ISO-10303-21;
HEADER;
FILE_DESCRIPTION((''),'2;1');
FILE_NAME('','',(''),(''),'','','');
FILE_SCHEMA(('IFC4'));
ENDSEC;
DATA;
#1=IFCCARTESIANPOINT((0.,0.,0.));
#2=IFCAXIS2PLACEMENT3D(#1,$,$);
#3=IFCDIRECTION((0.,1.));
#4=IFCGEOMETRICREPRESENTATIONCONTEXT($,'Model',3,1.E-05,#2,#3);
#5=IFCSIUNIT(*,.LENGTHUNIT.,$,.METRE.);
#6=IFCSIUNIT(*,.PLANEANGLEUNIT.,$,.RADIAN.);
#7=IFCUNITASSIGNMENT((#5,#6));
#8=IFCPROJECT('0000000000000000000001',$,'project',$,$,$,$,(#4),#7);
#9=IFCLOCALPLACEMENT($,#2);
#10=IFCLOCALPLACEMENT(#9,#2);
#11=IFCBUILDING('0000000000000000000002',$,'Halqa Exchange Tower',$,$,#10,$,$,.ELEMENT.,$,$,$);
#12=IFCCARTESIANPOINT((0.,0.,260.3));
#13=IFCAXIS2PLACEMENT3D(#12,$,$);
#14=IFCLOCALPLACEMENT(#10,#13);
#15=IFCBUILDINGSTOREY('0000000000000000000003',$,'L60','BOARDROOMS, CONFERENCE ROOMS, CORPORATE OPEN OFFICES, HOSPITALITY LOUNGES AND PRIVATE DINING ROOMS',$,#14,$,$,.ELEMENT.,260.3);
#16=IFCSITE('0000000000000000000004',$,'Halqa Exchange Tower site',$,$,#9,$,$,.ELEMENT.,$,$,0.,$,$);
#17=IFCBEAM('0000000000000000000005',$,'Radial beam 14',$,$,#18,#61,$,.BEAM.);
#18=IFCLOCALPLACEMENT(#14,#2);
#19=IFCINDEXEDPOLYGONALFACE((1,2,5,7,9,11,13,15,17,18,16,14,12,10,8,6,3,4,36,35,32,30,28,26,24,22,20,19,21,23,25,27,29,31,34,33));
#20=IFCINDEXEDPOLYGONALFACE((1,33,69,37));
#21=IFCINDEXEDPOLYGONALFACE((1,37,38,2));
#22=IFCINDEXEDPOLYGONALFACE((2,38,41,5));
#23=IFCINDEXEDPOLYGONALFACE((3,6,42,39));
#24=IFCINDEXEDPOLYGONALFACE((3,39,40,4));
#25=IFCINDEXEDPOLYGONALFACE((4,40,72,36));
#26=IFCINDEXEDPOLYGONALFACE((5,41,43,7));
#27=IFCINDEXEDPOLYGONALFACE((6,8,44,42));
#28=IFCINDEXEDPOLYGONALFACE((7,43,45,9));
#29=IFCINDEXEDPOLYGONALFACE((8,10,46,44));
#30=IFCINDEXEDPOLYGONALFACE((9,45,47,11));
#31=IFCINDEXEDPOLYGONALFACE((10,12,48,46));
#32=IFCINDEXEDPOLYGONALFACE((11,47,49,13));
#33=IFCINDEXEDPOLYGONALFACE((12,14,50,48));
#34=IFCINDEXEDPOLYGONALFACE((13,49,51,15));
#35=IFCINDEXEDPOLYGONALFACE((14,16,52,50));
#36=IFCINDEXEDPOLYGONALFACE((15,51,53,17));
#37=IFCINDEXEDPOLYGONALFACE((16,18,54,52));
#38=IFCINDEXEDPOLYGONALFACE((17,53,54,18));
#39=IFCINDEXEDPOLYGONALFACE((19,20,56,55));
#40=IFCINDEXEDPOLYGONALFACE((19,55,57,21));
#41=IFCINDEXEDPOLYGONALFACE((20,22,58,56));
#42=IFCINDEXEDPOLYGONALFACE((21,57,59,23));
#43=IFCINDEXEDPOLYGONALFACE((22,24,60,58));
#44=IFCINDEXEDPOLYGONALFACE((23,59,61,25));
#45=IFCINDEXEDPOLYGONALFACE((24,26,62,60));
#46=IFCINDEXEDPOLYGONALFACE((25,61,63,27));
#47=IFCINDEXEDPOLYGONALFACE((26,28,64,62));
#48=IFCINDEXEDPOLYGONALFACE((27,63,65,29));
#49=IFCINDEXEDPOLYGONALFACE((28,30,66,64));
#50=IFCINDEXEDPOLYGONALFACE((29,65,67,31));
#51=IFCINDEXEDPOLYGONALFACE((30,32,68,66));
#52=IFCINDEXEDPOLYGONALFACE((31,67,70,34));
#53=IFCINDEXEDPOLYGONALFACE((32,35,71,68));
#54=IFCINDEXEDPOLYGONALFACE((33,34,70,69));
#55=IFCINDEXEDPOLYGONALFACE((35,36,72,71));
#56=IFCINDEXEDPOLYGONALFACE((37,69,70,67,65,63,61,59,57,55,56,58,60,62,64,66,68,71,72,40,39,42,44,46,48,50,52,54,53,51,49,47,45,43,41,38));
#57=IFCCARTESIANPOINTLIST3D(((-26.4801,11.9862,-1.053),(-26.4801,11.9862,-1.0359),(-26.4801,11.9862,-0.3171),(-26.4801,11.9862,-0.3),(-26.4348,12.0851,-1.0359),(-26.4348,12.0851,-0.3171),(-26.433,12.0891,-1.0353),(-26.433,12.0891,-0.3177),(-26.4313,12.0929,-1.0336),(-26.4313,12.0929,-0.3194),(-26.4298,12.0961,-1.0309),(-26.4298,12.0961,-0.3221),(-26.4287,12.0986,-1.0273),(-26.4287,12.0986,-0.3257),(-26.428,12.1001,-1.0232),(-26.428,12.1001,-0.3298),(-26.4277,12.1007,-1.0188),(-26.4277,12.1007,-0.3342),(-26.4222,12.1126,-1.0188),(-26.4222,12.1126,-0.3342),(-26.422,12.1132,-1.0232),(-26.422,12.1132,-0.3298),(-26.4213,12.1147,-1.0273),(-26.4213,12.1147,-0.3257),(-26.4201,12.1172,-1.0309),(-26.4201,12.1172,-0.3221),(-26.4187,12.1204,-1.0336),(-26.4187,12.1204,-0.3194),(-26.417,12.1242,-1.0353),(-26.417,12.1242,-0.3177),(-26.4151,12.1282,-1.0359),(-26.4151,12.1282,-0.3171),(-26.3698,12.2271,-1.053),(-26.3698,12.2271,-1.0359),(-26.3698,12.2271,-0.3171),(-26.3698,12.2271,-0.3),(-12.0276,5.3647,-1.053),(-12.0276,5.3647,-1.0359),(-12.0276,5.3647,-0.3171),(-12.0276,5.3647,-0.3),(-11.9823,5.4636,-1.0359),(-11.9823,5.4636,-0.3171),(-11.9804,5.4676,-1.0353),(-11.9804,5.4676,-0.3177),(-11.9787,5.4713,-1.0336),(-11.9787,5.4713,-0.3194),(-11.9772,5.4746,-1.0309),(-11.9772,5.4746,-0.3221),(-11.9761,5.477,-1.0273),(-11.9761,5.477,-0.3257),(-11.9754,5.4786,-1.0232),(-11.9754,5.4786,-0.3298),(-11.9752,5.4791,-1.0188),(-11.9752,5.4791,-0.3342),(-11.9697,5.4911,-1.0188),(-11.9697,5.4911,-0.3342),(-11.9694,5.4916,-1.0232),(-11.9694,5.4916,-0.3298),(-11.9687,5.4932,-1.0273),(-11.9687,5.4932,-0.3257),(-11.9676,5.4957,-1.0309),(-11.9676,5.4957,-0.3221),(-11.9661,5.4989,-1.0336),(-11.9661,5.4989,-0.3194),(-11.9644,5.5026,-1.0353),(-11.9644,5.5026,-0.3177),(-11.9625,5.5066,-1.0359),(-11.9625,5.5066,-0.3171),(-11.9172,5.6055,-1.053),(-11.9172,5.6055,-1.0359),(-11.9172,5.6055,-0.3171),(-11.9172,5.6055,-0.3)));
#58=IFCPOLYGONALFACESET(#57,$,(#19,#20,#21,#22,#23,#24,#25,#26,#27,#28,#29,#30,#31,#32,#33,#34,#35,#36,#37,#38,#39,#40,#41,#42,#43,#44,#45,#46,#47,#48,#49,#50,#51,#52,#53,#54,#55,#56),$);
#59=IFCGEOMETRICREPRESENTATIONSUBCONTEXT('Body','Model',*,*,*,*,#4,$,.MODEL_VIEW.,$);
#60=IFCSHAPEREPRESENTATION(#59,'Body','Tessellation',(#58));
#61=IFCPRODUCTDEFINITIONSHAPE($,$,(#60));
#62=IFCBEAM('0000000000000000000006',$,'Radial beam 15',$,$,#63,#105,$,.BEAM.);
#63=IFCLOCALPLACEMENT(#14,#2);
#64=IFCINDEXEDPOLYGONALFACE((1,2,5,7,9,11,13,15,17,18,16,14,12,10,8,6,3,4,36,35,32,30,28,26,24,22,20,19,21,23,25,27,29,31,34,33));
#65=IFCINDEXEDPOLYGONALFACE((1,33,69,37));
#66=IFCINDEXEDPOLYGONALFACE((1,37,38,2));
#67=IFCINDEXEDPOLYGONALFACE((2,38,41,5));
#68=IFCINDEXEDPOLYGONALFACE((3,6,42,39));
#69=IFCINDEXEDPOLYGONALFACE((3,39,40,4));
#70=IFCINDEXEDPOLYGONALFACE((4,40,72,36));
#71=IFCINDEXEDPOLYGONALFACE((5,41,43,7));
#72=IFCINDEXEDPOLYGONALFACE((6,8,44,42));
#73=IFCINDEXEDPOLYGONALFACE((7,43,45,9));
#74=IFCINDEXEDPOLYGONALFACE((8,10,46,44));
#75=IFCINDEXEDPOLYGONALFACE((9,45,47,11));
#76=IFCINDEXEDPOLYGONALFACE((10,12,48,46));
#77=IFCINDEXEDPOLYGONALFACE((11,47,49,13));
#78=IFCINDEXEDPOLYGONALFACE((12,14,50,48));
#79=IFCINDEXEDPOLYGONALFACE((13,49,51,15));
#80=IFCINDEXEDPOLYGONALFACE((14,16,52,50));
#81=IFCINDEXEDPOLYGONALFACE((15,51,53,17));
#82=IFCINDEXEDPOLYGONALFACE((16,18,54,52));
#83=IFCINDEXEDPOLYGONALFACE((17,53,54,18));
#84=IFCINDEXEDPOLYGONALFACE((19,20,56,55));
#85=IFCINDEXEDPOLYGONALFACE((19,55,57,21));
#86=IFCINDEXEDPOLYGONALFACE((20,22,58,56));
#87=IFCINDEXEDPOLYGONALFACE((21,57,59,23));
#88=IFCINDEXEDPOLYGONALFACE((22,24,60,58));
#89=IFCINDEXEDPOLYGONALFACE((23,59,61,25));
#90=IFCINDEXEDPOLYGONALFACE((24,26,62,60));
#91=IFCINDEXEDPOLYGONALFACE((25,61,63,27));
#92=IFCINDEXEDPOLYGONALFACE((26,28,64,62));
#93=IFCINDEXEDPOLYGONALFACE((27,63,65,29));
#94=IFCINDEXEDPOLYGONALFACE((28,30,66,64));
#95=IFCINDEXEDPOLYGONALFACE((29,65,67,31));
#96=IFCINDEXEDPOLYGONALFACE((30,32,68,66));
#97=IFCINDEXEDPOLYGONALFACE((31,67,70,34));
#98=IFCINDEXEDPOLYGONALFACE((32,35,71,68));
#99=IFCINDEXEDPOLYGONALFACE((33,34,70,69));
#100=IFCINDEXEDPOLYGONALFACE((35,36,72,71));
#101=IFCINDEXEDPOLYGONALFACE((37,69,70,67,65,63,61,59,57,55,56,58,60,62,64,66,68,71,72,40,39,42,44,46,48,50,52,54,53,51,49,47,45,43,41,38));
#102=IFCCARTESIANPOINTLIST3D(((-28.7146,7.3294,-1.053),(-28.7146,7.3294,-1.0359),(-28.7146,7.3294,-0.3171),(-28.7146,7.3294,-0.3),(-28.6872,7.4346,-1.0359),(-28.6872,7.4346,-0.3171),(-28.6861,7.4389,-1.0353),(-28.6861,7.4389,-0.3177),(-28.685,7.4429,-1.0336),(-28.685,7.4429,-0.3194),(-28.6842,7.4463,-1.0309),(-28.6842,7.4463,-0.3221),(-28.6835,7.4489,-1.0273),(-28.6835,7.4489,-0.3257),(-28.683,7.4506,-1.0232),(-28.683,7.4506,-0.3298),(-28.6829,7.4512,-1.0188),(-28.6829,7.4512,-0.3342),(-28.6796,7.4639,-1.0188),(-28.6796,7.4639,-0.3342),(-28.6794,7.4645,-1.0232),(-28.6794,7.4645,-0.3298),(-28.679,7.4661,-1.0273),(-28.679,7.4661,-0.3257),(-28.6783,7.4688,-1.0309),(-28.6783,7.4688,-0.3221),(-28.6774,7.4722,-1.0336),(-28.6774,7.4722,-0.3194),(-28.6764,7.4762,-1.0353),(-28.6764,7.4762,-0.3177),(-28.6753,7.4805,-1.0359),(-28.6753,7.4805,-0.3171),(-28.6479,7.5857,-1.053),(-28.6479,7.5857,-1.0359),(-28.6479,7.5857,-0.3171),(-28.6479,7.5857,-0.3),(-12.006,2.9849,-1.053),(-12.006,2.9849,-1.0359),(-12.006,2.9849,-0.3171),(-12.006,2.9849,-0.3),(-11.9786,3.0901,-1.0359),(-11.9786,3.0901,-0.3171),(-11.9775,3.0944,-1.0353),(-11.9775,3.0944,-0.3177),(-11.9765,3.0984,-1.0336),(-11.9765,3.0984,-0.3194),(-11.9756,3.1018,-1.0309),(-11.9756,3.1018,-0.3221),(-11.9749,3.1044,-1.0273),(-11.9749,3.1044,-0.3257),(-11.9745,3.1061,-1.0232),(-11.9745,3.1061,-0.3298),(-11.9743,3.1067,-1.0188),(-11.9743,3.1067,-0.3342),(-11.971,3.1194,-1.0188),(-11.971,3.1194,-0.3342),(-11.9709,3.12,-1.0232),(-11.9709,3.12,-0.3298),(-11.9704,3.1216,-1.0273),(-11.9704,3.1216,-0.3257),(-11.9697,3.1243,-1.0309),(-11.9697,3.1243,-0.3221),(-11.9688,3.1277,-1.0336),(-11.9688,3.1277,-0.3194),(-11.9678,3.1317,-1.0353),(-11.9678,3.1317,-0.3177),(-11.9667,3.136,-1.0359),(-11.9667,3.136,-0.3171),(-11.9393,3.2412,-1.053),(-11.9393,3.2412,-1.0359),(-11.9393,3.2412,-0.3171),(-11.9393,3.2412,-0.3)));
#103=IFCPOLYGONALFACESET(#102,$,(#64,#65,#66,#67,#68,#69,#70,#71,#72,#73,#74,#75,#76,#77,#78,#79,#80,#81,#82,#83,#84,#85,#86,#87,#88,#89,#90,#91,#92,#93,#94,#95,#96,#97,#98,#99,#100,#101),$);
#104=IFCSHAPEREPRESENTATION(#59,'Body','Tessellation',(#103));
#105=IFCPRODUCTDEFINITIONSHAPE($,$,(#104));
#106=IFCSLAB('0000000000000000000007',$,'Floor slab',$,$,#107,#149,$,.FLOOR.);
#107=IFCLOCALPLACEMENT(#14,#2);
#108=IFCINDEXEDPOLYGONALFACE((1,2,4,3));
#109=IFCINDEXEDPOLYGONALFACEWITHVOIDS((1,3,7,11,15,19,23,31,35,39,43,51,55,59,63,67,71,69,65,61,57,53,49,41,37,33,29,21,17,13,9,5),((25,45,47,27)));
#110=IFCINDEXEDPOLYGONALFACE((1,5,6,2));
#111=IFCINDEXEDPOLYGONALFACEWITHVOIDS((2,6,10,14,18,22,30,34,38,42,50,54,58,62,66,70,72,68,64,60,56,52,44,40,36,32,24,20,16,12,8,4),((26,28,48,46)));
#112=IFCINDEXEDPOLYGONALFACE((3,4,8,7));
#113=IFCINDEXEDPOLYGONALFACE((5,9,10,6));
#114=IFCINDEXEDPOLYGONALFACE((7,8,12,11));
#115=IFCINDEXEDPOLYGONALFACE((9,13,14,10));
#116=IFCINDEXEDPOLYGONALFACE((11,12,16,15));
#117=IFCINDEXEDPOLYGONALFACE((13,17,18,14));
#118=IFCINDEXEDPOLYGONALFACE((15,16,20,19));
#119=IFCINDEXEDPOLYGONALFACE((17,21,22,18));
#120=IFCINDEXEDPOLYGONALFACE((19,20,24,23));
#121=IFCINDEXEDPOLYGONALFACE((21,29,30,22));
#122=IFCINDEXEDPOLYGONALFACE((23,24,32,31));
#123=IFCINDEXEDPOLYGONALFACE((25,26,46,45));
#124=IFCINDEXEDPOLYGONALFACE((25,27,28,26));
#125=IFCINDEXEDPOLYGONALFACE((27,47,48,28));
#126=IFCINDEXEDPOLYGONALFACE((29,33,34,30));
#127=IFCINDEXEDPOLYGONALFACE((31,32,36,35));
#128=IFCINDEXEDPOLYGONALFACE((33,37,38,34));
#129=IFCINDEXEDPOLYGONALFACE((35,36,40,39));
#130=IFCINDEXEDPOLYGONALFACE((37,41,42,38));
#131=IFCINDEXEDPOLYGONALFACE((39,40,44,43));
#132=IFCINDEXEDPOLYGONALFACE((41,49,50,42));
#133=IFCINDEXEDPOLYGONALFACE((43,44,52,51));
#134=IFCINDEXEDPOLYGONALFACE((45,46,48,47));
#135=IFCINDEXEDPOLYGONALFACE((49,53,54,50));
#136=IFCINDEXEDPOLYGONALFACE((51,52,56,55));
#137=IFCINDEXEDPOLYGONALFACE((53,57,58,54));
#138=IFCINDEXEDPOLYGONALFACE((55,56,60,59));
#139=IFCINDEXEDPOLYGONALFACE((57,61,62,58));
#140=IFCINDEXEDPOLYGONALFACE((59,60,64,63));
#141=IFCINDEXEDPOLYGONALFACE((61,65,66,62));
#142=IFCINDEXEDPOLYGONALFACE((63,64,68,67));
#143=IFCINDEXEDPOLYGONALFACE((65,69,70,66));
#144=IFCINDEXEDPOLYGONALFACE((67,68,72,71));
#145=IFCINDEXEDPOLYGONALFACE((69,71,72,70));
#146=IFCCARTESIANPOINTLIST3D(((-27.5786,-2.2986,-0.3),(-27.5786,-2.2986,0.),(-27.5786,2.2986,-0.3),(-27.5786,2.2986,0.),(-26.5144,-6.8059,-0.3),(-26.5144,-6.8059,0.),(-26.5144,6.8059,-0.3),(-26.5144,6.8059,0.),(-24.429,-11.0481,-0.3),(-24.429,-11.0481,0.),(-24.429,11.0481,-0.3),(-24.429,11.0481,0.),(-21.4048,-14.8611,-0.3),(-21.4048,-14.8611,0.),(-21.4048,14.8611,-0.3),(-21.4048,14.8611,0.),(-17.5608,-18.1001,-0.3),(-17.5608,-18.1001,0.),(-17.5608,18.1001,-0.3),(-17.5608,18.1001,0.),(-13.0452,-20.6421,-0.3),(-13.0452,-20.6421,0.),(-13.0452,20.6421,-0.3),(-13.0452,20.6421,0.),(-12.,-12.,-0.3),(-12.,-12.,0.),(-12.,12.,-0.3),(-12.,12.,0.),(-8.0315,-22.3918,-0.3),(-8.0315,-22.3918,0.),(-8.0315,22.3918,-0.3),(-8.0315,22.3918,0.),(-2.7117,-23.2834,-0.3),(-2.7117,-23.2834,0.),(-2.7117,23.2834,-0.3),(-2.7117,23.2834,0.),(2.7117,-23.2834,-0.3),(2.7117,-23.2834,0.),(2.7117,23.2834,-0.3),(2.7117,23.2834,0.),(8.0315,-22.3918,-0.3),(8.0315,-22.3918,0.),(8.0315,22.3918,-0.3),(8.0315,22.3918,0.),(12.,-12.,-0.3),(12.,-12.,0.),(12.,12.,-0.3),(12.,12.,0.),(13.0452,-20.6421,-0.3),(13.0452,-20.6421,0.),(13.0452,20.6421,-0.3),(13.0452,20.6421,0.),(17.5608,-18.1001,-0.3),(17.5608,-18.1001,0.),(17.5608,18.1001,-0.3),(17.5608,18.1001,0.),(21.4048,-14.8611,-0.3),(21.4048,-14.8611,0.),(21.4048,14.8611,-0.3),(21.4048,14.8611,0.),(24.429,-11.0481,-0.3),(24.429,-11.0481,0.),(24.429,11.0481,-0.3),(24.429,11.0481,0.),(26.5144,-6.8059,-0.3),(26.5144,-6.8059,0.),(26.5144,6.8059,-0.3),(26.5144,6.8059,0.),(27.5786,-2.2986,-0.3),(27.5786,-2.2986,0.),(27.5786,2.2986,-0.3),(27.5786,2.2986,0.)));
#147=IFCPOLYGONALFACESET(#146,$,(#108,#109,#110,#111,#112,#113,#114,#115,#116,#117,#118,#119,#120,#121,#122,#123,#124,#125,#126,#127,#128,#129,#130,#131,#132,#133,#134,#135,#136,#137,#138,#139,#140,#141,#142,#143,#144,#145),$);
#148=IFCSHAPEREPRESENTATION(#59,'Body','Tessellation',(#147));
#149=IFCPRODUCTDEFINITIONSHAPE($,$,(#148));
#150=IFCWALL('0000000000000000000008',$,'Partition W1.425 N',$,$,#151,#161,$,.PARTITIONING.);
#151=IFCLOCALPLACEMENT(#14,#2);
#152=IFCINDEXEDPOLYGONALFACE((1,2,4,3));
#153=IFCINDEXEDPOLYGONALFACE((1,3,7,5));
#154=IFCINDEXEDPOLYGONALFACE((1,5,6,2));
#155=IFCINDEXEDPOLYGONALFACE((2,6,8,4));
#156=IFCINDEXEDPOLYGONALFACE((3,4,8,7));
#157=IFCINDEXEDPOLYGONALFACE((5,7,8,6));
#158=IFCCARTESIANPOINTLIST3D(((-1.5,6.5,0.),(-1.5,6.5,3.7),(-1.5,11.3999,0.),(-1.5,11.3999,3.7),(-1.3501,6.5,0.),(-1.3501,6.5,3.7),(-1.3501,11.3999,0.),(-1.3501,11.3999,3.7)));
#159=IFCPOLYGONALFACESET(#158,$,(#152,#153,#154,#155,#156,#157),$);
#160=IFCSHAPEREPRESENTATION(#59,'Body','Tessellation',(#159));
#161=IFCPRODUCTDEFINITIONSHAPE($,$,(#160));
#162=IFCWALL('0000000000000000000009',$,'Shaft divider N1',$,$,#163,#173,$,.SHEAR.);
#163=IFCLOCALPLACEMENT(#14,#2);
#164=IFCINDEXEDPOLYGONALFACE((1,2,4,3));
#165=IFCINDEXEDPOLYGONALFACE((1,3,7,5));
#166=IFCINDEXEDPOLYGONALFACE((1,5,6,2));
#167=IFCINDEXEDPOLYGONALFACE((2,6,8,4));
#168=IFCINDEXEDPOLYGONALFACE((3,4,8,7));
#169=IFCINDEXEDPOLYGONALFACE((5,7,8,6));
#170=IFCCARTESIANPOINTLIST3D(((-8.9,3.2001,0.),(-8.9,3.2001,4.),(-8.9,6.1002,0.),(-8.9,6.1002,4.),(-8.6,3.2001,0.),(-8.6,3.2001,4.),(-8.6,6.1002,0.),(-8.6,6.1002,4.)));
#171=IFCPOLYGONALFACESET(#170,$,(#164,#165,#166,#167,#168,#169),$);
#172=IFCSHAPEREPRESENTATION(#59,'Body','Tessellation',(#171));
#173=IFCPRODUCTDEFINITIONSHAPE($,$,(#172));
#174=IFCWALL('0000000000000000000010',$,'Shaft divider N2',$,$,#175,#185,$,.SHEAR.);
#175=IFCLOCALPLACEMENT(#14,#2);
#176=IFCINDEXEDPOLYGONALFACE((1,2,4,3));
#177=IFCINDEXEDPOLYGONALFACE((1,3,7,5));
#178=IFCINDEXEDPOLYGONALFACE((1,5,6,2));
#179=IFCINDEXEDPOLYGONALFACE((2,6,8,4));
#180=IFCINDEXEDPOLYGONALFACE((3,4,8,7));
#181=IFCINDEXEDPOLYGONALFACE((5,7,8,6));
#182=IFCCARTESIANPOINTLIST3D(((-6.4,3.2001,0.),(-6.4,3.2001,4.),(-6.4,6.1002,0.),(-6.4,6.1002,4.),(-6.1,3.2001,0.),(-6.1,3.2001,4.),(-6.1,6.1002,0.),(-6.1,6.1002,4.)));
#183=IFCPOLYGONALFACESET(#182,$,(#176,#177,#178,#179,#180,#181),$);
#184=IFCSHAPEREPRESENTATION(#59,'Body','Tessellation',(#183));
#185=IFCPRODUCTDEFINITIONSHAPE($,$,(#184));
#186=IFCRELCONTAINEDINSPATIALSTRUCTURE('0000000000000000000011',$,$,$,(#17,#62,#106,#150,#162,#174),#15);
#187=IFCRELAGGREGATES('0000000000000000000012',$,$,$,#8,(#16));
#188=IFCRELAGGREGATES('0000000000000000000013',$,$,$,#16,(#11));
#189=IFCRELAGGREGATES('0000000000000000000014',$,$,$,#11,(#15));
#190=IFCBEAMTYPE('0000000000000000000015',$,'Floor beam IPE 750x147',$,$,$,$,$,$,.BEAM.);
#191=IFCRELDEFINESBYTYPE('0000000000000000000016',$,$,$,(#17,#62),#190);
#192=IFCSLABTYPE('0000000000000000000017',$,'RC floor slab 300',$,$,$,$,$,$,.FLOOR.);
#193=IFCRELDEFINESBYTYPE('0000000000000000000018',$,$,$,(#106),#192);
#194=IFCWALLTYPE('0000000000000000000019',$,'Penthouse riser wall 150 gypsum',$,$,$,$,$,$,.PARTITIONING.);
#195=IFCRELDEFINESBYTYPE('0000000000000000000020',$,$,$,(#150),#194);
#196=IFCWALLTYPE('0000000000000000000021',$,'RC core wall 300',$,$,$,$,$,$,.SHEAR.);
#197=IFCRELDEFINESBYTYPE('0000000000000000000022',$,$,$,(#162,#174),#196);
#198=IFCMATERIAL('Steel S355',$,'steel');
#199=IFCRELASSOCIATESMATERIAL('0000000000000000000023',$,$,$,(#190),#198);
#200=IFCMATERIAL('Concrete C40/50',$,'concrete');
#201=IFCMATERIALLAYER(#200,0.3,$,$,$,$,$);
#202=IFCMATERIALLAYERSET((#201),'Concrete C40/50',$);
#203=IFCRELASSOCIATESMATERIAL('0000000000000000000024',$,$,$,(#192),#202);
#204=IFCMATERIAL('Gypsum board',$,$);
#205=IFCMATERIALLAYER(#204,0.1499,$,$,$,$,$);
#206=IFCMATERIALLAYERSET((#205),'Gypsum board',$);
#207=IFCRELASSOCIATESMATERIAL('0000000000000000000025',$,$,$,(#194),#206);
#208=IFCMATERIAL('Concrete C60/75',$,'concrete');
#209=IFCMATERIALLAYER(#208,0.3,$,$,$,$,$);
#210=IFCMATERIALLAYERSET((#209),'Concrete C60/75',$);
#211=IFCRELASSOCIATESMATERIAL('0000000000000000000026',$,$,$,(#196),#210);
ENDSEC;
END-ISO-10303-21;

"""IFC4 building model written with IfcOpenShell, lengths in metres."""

from ifc_helpers import new_model, si_unit, direction, frame, frame_2d, origin, origin_2d, place, context, subcontext, project, spatial, polyline, rectangle, i_section, outline, extrude, material, layer, layer_set, material_profile, profile_set, type_object, element, save


model = new_model("IFC4")

# Units and contexts
model_context = context("Model", 3, precision=1e-05, world=origin(), true_north=direction((0.0, 1.0)))
body_context = subcontext(model_context, "Body", "Model", "MODEL_VIEW")
ifc_project = project(units=[si_unit("LENGTHUNIT", "METRE"), si_unit("PLANEANGLEUNIT", "RADIAN")], contexts=[model_context])

# Site, building, storey
site_placement = place(None, origin())
site = spatial("IfcSite", under=ifc_project, at=site_placement, Name="Halqa Exchange Tower site", CompositionType="ELEMENT", RefElevation=0.0)
building_placement = place(site_placement, origin())
building = spatial("IfcBuilding", under=site, at=building_placement, Name="Halqa Exchange Tower", CompositionType="ELEMENT")
storey_placement = place(building_placement, frame((0.0, 0.0, 260.3)))
storey = spatial("IfcBuildingStorey", under=building, at=storey_placement, Name="L60", Description="BOARDROOMS, CONFERENCE ROOMS, CORPORATE OPEN OFFICES, HOSPITALITY LOUNGES AND PRIVATE DINING ROOMS", CompositionType="ELEMENT", Elevation=260.3)

# Beams
ifc_material_1 = material(Name="Steel S355", Category="steel")
ifc_material_profile = material_profile(ifc_material_1, i_section(OverallWidth=0.2649, OverallDepth=0.7529, WebThickness=0.0132, FlangeThickness=0.0171, FilletRadius=0.0171, at=origin_2d()), Name="IPE 750x147")
ifc_profile_set = profile_set([ifc_material_profile], Name="Steel S355")
beam_type = type_object("IfcBeamType", Name="Floor beam IPE 750x147", PredefinedType="BEAM", material=ifc_profile_set)
beam_1_placement = place(storey_placement, frame((-11.9724, 5.4851, -0.6765), z_axis=(-0.909125, 0.416523, 0.0), x_axis=(-0.416523, -0.909125, 0.0)))
element("IfcBeam", 1, at=beam_1_placement, inside=storey, type_object=beam_type, Name="Radial beam 14", PredefinedType="BEAM", context=body_context, shape_type="SweptSolid", body=[
    extrude(i_section(OverallWidth=0.2649, OverallDepth=0.7529, WebThickness=0.0132, FlangeThickness=0.0171, FilletRadius=0.0171, at=origin_2d()), origin(), (0.0, 0.0, 1.0), 15.8972),
])
beam_2_placement = place(storey_placement, frame((-11.9727, 3.113, -0.6765), z_axis=(-0.967819, 0.251649, 0.0), x_axis=(-0.251649, -0.967819, 0.0)))
element("IfcBeam", 2, at=beam_2_placement, inside=storey, type_object=beam_type, Name="Radial beam 15", PredefinedType="BEAM", context=body_context, shape_type="SweptSolid", body=[
    extrude(i_section(OverallWidth=0.2649, OverallDepth=0.7529, WebThickness=0.0132, FlangeThickness=0.0171, FilletRadius=0.0171, at=origin_2d()), origin(), (0.0, 0.0, 1.0), 17.2642),
])

# Slab
ifc_material_2 = material(Name="Concrete C40/50", Category="concrete")
ifc_layer_1 = layer(ifc_material_2, 0.3)
ifc_layer_set_1 = layer_set([ifc_layer_1], Name="Concrete C40/50")
slab_type = type_object("IfcSlabType", Name="RC floor slab 300", PredefinedType="FLOOR", material=ifc_layer_set_1)
slab_placement = place(storey_placement, frame((0.0, 0.0, -0.3)))
element("IfcSlab", 3, at=slab_placement, inside=storey, type_object=slab_type, Name="Floor slab", PredefinedType="FLOOR", context=body_context, shape_type="SweptSolid", body=[
    extrude(outline(polyline([(27.5786, 2.2986), (26.5144, 6.8059), (24.429, 11.0481), (21.4048, 14.8611), (17.5608, 18.1001), (13.0452, 20.6421), (8.0315, 22.3918), (2.7117, 23.2834), (-2.7117, 23.2834), (-8.0315, 22.3918), (-13.0452, 20.6421), (-17.5608, 18.1001), (-21.4048, 14.8611), (-24.429, 11.0481), (-26.5144, 6.8059), (-27.5786, 2.2986), (-27.5786, -2.2986), (-26.5144, -6.8059), (-24.429, -11.0481), (-21.4048, -14.8611), (-17.5608, -18.1001), (-13.0452, -20.6421), (-8.0315, -22.3918), (-2.7117, -23.2834), (2.7117, -23.2834), (8.0315, -22.3918), (13.0452, -20.6421), (17.5608, -18.1001), (21.4048, -14.8611), (24.429, -11.0481), (26.5144, -6.8059), (27.5786, -2.2986), (27.5786, 2.2986)]), holes=[polyline([(-12.0, -12.0), (12.0, -12.0), (12.0, 12.0), (-12.0, 12.0), (-12.0, -12.0)])]), origin(), (0.0, 0.0, 1.0), 0.3),
])

# Walls
ifc_material_3 = material(Name="Gypsum board")
ifc_layer_2 = layer(ifc_material_3, 0.1499)
ifc_layer_set_2 = layer_set([ifc_layer_2], Name="Gypsum board")
wall_type_1 = type_object("IfcWallType", Name="Penthouse riser wall 150 gypsum", PredefinedType="PARTITIONING", material=ifc_layer_set_2)
wall_1_placement = place(storey_placement, frame((-1.425, 6.5, 0.0), z_axis=(0.0, 0.0, 1.0), x_axis=(0.0, 1.0, 0.0)))
element("IfcWall", 4, at=wall_1_placement, inside=storey, type_object=wall_type_1, Name="Partition W1.425 N", PredefinedType="PARTITIONING", context=body_context, shape_type="SweptSolid", body=[
    extrude(rectangle(XDim=4.8999, YDim=0.1499, at=frame_2d((2.45, 0.0))), origin(), (0.0, 0.0, 1.0), 3.7),
])
ifc_material_4 = material(Name="Concrete C60/75", Category="concrete")
ifc_layer_3 = layer(ifc_material_4, 0.3)
ifc_layer_set_3 = layer_set([ifc_layer_3], Name="Concrete C60/75")
wall_type_2 = type_object("IfcWallType", Name="RC core wall 300", PredefinedType="SHEAR", material=ifc_layer_set_3)
for number, where, z_axis, x_axis, name in (
    (5, (-8.75, 3.2, 0.0), (0.0, 0.0, 1.0), (0.0, 1.0, 0.0), "Shaft divider N1"),
    (6, (-6.25, 3.2, 0.0), (0.0, 0.0, 1.0), (0.0, 1.0, 0.0), "Shaft divider N2"),
):
    element("IfcWall", number, at=place(storey_placement, frame(where, z_axis=z_axis, x_axis=x_axis)), inside=storey, type_object=wall_type_2, Name=name, PredefinedType="SHEAR", context=body_context, shape_type="SweptSolid", body=[
        extrude(rectangle(XDim=2.9001, YDim=0.3, at=frame_2d((1.4502, 0.0))), origin(), (0.0, 0.0, 1.0), 4.0),
    ])

save(model, "model.ifc")
